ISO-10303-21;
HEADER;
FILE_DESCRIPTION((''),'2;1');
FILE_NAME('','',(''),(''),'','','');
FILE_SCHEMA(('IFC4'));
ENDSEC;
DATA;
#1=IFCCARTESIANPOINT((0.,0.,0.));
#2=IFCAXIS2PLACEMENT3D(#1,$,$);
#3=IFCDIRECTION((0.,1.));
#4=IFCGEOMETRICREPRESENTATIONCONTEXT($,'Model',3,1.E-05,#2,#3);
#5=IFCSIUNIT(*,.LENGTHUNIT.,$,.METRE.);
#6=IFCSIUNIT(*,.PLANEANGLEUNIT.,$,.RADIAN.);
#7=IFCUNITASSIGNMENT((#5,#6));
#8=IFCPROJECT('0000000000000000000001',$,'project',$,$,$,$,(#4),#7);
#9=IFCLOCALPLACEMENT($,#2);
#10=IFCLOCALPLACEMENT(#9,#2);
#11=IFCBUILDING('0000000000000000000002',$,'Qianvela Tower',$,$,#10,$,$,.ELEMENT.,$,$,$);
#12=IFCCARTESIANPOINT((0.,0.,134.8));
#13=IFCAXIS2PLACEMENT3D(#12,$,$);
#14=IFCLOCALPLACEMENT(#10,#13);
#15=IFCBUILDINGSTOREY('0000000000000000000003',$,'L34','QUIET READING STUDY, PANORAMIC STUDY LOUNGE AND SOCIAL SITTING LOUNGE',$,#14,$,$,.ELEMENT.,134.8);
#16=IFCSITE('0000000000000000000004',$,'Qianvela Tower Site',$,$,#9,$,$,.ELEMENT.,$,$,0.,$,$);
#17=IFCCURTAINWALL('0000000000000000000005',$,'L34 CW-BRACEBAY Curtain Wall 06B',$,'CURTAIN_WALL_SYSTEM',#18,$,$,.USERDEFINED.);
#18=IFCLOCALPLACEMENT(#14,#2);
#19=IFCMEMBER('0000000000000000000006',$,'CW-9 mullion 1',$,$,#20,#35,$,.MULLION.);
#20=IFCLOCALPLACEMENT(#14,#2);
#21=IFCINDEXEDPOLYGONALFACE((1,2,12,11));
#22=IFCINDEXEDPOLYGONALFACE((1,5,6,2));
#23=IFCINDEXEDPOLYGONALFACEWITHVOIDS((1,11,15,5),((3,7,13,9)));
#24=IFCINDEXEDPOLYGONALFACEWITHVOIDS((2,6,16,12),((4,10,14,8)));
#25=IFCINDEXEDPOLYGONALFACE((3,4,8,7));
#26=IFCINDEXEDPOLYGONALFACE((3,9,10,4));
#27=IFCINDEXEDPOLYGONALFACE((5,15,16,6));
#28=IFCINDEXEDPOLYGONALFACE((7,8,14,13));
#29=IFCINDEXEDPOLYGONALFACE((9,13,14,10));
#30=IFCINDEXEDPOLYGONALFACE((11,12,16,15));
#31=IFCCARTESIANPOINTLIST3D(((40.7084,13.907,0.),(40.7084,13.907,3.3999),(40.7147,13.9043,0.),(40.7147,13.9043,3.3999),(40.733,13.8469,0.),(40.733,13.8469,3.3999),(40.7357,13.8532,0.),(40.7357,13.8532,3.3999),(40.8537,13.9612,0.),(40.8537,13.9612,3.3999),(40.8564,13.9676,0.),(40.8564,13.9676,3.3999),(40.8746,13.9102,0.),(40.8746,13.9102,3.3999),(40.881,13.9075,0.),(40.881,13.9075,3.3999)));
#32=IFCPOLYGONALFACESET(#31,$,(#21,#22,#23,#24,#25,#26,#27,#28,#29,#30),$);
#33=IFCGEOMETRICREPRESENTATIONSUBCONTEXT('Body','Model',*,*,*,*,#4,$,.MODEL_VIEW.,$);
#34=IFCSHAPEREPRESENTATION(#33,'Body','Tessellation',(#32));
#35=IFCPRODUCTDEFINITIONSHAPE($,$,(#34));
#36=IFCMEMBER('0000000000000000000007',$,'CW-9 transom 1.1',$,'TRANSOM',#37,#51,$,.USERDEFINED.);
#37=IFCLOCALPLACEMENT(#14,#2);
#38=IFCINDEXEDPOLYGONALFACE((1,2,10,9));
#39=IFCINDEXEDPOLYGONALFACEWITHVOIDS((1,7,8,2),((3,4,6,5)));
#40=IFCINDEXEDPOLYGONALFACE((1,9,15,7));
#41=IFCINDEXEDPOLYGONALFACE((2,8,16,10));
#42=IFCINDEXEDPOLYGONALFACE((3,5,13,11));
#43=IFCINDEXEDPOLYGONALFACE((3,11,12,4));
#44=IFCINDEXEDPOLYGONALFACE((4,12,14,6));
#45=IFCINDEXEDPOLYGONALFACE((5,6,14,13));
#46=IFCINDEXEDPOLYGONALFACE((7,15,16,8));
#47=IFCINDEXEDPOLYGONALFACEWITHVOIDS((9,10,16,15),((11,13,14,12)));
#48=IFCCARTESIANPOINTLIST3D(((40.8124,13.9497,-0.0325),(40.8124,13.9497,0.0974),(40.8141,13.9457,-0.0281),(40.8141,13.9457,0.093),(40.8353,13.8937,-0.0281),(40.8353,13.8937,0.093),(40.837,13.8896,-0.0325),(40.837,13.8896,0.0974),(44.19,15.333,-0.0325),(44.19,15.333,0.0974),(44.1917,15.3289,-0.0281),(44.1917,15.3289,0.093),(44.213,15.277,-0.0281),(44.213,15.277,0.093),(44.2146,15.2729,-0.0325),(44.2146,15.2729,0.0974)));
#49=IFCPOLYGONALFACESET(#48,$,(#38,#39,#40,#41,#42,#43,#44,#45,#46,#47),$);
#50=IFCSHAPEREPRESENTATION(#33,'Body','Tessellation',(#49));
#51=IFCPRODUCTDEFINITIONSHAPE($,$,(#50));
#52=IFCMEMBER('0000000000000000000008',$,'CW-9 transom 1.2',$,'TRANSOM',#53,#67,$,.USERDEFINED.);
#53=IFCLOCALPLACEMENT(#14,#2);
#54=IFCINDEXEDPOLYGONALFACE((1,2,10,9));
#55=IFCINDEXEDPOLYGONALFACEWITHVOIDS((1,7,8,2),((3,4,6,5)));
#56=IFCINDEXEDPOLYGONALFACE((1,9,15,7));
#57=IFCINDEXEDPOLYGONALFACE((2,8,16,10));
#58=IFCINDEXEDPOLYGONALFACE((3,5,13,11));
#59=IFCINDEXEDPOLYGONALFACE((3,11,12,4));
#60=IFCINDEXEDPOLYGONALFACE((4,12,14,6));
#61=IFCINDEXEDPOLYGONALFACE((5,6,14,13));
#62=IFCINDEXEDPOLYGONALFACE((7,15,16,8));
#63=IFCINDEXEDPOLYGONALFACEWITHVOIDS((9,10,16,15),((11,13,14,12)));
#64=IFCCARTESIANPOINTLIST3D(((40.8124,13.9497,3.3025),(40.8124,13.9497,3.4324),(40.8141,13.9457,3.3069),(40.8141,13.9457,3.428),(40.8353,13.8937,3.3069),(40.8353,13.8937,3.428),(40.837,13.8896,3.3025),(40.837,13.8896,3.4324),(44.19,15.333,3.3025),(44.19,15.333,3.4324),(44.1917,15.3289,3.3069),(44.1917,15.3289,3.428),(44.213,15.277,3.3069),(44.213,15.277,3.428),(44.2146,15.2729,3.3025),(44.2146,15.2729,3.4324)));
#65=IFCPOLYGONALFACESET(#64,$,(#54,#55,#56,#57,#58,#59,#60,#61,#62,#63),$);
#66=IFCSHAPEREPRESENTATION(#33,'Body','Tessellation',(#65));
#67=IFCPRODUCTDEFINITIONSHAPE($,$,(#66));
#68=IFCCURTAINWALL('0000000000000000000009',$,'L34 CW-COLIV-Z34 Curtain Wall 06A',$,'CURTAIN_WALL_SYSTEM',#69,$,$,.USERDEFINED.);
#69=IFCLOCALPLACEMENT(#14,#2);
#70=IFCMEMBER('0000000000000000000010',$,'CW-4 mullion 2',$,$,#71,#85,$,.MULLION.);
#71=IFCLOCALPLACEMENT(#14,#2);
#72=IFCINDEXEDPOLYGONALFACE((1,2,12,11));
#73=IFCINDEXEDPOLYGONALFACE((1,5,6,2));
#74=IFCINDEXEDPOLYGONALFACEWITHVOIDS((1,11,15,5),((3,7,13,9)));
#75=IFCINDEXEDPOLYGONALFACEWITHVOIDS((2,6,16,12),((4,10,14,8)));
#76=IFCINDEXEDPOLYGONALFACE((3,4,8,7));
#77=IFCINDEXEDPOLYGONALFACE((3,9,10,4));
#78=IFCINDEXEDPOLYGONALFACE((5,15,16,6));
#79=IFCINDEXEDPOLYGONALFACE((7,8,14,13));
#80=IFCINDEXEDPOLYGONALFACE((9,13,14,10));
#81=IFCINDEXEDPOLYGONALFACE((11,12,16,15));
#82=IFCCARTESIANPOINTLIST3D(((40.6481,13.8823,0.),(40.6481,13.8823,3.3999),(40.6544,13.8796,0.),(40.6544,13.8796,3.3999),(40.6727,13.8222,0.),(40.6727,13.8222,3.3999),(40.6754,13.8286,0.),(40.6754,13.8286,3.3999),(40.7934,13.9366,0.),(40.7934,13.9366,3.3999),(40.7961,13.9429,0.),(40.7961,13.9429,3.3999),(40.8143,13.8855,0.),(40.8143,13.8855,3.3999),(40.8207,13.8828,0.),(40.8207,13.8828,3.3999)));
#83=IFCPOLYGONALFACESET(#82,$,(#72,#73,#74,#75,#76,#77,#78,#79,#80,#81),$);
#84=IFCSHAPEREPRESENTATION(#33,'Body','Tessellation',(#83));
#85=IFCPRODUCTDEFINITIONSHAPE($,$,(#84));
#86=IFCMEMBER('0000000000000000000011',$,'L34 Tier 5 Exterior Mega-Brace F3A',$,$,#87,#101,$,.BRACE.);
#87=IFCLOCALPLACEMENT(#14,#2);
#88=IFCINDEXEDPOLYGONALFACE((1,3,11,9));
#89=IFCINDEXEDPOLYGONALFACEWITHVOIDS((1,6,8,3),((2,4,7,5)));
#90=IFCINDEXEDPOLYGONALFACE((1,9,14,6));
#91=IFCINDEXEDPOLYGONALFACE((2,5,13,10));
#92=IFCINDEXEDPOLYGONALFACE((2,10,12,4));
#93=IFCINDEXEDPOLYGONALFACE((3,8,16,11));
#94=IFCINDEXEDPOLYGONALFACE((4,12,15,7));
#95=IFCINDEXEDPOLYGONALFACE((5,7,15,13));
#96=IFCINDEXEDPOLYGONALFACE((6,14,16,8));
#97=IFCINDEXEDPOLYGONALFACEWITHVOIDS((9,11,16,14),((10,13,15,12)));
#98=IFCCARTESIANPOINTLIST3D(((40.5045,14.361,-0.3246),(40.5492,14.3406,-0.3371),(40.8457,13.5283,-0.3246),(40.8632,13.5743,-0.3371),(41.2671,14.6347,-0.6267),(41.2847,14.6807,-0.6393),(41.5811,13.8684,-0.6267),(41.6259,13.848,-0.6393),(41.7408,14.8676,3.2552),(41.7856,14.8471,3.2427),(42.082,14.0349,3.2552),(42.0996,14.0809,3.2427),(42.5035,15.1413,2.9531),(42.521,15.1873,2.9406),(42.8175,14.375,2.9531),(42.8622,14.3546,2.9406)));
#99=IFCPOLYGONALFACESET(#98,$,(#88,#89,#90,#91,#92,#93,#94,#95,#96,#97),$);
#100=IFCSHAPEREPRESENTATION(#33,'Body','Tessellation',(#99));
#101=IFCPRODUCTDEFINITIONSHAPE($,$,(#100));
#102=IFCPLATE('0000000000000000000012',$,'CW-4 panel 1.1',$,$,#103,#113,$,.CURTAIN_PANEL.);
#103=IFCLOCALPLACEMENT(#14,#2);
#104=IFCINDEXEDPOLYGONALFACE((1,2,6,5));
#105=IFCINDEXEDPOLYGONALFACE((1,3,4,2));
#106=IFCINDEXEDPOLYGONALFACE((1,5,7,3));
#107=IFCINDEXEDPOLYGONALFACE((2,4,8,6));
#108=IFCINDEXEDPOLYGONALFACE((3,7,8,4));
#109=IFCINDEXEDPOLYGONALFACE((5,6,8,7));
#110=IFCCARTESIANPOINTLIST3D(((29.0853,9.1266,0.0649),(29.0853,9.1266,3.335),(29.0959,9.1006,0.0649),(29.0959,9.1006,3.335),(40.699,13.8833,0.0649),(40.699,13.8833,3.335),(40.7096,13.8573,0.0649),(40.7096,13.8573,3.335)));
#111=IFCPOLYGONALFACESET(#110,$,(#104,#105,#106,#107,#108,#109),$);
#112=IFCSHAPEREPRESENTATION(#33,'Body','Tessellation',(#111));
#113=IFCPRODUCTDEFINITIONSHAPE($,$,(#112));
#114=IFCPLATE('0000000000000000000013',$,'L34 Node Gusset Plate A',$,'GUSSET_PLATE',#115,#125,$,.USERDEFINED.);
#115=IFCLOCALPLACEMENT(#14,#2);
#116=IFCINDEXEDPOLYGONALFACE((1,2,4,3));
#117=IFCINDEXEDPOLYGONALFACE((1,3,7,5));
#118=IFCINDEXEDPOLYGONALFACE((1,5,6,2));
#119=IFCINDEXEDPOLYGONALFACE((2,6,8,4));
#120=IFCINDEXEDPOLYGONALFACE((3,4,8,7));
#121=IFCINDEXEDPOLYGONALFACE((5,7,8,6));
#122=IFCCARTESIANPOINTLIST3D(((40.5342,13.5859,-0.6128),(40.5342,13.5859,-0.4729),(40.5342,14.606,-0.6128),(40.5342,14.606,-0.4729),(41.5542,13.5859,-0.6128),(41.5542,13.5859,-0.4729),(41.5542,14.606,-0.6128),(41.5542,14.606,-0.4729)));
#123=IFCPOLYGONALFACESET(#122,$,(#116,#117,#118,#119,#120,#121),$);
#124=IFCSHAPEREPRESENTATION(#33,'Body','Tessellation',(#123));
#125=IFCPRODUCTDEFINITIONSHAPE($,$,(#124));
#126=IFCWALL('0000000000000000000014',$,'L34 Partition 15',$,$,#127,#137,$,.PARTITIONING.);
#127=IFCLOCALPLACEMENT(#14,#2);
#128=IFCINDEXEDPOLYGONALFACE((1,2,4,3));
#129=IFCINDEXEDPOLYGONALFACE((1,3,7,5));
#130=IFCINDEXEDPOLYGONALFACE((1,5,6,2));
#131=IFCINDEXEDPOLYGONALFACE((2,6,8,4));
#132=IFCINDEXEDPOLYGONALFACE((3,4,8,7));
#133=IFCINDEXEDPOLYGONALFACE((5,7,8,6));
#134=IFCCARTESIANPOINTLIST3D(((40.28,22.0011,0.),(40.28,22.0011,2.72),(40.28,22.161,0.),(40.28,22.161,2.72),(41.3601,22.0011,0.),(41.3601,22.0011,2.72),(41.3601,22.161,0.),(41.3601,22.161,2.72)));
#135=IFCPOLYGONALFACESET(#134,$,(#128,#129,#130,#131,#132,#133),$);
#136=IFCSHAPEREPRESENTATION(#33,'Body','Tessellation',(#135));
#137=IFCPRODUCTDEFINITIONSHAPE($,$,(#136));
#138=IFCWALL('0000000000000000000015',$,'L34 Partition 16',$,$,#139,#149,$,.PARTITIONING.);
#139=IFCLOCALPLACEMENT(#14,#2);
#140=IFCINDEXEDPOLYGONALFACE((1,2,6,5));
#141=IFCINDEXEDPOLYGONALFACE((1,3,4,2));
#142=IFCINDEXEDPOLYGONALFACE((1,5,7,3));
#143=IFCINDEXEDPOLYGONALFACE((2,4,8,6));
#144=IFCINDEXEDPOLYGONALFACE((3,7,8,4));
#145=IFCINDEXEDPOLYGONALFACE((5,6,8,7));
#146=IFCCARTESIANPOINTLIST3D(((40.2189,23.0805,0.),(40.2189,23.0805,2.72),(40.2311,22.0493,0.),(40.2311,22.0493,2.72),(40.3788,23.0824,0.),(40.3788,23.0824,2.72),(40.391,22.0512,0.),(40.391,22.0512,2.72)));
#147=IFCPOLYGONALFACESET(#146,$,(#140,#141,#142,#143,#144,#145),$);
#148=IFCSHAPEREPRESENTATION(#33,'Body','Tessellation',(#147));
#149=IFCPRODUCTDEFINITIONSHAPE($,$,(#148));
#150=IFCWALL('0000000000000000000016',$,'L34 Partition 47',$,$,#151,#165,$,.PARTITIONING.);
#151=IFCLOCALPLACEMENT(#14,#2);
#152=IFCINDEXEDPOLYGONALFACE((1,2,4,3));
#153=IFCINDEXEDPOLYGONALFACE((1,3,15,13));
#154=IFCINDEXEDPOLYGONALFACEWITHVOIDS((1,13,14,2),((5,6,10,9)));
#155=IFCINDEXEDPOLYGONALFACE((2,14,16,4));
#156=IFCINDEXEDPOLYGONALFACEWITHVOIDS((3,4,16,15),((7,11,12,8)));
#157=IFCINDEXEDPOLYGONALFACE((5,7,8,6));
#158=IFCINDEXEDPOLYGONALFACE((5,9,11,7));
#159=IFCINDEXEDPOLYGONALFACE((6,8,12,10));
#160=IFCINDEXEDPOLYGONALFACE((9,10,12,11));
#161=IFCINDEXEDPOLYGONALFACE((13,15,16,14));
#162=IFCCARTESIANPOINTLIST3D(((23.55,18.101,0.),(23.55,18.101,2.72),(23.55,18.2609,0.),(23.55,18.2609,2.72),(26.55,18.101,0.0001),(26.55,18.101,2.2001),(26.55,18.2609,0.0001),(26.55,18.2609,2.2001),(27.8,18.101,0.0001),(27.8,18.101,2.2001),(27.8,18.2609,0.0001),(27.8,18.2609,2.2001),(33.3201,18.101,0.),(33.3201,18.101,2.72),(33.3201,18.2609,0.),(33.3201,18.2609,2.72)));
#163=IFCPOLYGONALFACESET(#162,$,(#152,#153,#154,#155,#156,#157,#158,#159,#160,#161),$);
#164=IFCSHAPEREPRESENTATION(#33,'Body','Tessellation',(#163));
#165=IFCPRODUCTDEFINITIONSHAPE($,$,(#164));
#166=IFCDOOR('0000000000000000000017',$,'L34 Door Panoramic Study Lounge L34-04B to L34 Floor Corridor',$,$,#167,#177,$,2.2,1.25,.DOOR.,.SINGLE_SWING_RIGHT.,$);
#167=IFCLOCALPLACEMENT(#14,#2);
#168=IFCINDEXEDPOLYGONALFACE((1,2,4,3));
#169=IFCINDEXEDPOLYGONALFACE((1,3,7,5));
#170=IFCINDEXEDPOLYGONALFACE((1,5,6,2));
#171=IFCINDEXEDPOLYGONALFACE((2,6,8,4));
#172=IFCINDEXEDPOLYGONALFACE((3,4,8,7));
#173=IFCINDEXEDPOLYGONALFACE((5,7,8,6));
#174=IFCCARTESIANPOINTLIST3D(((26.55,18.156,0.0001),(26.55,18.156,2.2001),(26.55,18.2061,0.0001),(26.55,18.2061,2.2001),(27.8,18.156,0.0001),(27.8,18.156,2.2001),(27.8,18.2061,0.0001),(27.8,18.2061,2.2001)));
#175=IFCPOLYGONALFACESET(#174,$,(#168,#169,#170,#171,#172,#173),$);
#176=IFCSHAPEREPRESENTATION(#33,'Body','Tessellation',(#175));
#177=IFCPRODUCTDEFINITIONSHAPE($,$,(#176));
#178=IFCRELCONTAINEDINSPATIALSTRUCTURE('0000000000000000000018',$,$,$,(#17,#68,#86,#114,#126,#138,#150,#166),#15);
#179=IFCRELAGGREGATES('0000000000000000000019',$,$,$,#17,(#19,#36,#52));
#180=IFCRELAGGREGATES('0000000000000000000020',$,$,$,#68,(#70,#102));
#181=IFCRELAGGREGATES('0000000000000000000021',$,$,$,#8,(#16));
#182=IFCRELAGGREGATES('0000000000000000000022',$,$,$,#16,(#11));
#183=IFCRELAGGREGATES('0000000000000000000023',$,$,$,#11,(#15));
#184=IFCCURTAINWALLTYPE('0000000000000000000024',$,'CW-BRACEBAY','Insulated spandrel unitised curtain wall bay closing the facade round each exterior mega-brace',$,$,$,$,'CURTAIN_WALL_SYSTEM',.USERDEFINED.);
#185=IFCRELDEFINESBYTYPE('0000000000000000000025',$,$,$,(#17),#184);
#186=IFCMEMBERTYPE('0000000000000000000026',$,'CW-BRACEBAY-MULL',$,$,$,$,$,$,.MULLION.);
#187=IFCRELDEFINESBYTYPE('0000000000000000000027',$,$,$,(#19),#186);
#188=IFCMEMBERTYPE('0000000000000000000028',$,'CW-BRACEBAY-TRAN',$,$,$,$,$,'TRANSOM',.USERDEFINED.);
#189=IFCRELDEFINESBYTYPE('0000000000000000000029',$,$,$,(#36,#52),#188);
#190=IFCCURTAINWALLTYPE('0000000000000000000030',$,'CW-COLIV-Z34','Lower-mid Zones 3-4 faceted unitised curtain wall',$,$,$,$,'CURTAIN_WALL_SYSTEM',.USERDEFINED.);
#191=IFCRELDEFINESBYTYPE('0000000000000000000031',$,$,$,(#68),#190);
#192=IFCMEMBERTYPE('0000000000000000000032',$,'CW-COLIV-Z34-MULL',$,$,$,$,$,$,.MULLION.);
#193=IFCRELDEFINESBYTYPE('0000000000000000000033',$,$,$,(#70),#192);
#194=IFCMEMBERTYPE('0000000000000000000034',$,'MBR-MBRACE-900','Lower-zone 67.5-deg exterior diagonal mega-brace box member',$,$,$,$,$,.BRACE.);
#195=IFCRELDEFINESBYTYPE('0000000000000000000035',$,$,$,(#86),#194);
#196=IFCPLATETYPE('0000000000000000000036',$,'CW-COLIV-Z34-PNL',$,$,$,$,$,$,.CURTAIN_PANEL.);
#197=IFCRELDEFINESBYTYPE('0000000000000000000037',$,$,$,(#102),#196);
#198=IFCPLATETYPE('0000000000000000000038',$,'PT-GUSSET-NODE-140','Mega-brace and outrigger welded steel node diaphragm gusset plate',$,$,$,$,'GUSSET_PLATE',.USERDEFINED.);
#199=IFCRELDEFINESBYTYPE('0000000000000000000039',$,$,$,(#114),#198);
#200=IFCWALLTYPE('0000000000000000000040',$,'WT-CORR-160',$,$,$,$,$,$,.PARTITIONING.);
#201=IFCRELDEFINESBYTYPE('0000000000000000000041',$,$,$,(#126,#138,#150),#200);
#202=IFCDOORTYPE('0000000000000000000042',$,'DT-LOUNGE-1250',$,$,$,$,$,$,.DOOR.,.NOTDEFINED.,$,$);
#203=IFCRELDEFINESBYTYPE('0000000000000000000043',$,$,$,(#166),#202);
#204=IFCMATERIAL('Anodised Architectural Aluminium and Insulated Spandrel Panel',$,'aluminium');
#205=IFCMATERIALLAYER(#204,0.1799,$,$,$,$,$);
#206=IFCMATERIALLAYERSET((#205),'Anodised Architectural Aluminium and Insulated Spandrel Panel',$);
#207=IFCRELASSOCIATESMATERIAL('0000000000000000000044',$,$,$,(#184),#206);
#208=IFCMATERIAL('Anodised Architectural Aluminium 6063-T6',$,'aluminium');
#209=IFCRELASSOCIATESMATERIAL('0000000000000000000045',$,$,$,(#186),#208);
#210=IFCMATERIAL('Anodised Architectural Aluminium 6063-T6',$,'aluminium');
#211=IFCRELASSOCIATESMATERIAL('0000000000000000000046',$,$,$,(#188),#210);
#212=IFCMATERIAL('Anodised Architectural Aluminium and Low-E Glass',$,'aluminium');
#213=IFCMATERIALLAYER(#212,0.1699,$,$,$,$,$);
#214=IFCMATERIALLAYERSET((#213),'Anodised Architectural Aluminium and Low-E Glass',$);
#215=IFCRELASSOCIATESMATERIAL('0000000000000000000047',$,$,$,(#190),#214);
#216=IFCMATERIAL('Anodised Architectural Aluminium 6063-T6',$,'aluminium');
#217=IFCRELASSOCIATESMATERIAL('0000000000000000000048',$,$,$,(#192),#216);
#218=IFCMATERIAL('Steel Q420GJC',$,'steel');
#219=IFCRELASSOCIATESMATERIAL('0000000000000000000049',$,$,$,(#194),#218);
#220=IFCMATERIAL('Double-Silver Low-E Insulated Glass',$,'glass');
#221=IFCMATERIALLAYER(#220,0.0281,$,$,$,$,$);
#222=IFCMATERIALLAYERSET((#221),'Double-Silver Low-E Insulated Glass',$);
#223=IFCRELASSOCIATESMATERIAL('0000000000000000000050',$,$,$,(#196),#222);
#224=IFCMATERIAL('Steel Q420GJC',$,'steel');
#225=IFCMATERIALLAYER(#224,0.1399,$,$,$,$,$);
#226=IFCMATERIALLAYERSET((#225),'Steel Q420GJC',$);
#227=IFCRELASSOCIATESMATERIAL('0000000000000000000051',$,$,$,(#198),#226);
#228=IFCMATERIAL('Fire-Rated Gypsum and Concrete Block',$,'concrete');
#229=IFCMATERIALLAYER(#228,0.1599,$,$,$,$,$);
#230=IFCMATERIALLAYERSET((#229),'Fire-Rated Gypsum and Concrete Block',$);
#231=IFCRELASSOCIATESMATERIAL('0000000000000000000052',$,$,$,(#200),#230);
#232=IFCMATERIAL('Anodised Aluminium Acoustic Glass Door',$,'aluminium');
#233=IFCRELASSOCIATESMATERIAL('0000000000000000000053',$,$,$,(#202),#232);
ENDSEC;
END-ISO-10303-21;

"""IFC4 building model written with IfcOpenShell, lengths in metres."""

from ifc_helpers import new_model, si_unit, direction, frame, frame_2d, origin, origin_2d, place, context, subcontext, project, spatial, rectangle, hollow_rectangle, extrude, material, layer, layer_set, material_profile, profile_set, type_object, element, fill, aggregate, save


model = new_model("IFC4")

# Units and contexts
model_context = context("Model", 3, precision=1e-05, world=origin(), true_north=direction((0.0, 1.0)))
body_context = subcontext(model_context, "Body", "Model", "MODEL_VIEW")
ifc_project = project(units=[si_unit("LENGTHUNIT", "METRE"), si_unit("PLANEANGLEUNIT", "RADIAN")], contexts=[model_context])

# Site, building, storey
site_placement = place(None, origin())
site = spatial("IfcSite", under=ifc_project, at=site_placement, Name="Qianvela Tower Site", CompositionType="ELEMENT", RefElevation=0.0)
building_placement = place(site_placement, origin())
building = spatial("IfcBuilding", under=site, at=building_placement, Name="Qianvela Tower", CompositionType="ELEMENT")
storey_placement = place(building_placement, frame((0.0, 0.0, 134.8)))
storey = spatial("IfcBuildingStorey", under=building, at=storey_placement, Name="L34", Description="QUIET READING STUDY, PANORAMIC STUDY LOUNGE AND SOCIAL SITTING LOUNGE", CompositionType="ELEMENT", Elevation=134.8)

# Curtain wall, members
ifc_material_1 = material(Name="Anodised Architectural Aluminium and Insulated Spandrel Panel", Category="aluminium")
ifc_layer_1 = layer(ifc_material_1, 0.1799)
ifc_layer_set_1 = layer_set([ifc_layer_1], Name="Anodised Architectural Aluminium and Insulated Spandrel Panel")
curtain_wall_type_1 = type_object("IfcCurtainWallType", Name="CW-BRACEBAY", Description="Insulated spandrel unitised curtain wall bay closing the facade round each exterior mega-brace", ElementType="CURTAIN_WALL_SYSTEM", PredefinedType="USERDEFINED", material=ifc_layer_set_1)
curtain_wall_1_placement = place(storey_placement, origin())
curtain_wall_1 = element("IfcCurtainWall", 1, at=curtain_wall_1_placement, inside=storey, type_object=curtain_wall_type_1, Name="L34 CW-BRACEBAY Curtain Wall 06B", ObjectType="CURTAIN_WALL_SYSTEM", PredefinedType="USERDEFINED")
ifc_material_2 = material(Name="Anodised Architectural Aluminium 6063-T6", Category="aluminium")
ifc_material_profile_1 = material_profile(ifc_material_2, hollow_rectangle(XDim=0.0649, YDim=0.1599, WallThickness=0.0049, at=origin_2d()), Name="ALU-MULL-65x160")
ifc_profile_set_1 = profile_set([ifc_material_profile_1], Name="Anodised Architectural Aluminium 6063-T6")
member_type_1 = type_object("IfcMemberType", Name="CW-BRACEBAY-MULL", PredefinedType="MULLION", material=ifc_profile_set_1)
member_1_placement = place(storey_placement, frame((40.7947, 13.9072, 0.0), z_axis=(0.0, 0.0, 1.0), x_axis=(-0.379018, 0.925389, 0.0)))
member_1 = element("IfcMember", 2, at=member_1_placement, type_object=member_type_1, Name="CW-9 mullion 1", PredefinedType="MULLION", context=body_context, shape_type="SweptSolid", body=[
    extrude(hollow_rectangle(XDim=0.0649, YDim=0.1599, WallThickness=0.0049, at=origin_2d()), origin(), (0.0, 0.0, 1.0), 3.3999),
])
ifc_material_3 = material(Name="Anodised Architectural Aluminium 6063-T6", Category="aluminium")
ifc_material_profile_2 = material_profile(ifc_material_3, hollow_rectangle(XDim=0.0649, YDim=0.1299, WallThickness=0.0044, at=origin_2d()), Name="ALU-TRAN-65x130")
ifc_profile_set_2 = profile_set([ifc_material_profile_2], Name="Anodised Architectural Aluminium 6063-T6")
member_type_2 = type_object("IfcMemberType", Name="CW-BRACEBAY-TRAN", ElementType="TRANSOM", PredefinedType="USERDEFINED", material=ifc_profile_set_2)
member_2_placement = place(storey_placement, frame((40.8247, 13.9197, 0.0325), z_axis=(0.925401, 0.37899, 0.0), x_axis=(-0.37899, 0.925401, 0.0)))
member_2 = element("IfcMember", 3, at=member_2_placement, type_object=member_type_2, Name="CW-9 transom 1.1", ObjectType="TRANSOM", PredefinedType="USERDEFINED", context=body_context, shape_type="SweptSolid", body=[
    extrude(hollow_rectangle(XDim=0.0649, YDim=0.1299, WallThickness=0.0044, at=origin_2d()), origin(), (0.0, 0.0, 1.0), 3.6499),
])
member_3_placement = place(storey_placement, frame((40.8247, 13.9197, 3.3674), z_axis=(0.925401, 0.37899, 0.0), x_axis=(-0.37899, 0.925401, 0.0)))
member_3 = element("IfcMember", 4, at=member_3_placement, type_object=member_type_2, Name="CW-9 transom 1.2", ObjectType="TRANSOM", PredefinedType="USERDEFINED", context=body_context, shape_type="SweptSolid", body=[
    extrude(hollow_rectangle(XDim=0.0649, YDim=0.1299, WallThickness=0.0044, at=origin_2d()), origin(), (0.0, 0.0, 1.0), 3.6499),
])
aggregate(curtain_wall_1, [member_1, member_2, member_3])

# Curtain wall, member
ifc_material_4 = material(Name="Anodised Architectural Aluminium and Low-E Glass", Category="aluminium")
ifc_layer_2 = layer(ifc_material_4, 0.1699)
ifc_layer_set_2 = layer_set([ifc_layer_2], Name="Anodised Architectural Aluminium and Low-E Glass")
curtain_wall_type_2 = type_object("IfcCurtainWallType", Name="CW-COLIV-Z34", Description="Lower-mid Zones 3-4 faceted unitised curtain wall", ElementType="CURTAIN_WALL_SYSTEM", PredefinedType="USERDEFINED", material=ifc_layer_set_2)
curtain_wall_2_placement = place(storey_placement, origin())
curtain_wall_2 = element("IfcCurtainWall", 5, at=curtain_wall_2_placement, inside=storey, type_object=curtain_wall_type_2, Name="L34 CW-COLIV-Z34 Curtain Wall 06A", ObjectType="CURTAIN_WALL_SYSTEM", PredefinedType="USERDEFINED")
ifc_material_5 = material(Name="Anodised Architectural Aluminium 6063-T6", Category="aluminium")
ifc_material_profile_3 = material_profile(ifc_material_5, hollow_rectangle(XDim=0.0649, YDim=0.1599, WallThickness=0.0049, at=origin_2d()), Name="ALU-MULL-65x160")
ifc_profile_set_3 = profile_set([ifc_material_profile_3], Name="Anodised Architectural Aluminium 6063-T6")
member_type_3 = type_object("IfcMemberType", Name="CW-COLIV-Z34-MULL", PredefinedType="MULLION", material=ifc_profile_set_3)
member_4_placement = place(storey_placement, frame((40.7344, 13.8826, 0.0), z_axis=(0.0, 0.0, 1.0), x_axis=(-0.379016, 0.92539, 0.0)))
member_4 = element("IfcMember", 6, at=member_4_placement, type_object=member_type_3, Name="CW-4 mullion 2", PredefinedType="MULLION", context=body_context, shape_type="SweptSolid", body=[
    extrude(hollow_rectangle(XDim=0.0649, YDim=0.1599, WallThickness=0.0049, at=origin_2d()), origin(), (0.0, 0.0, 1.0), 3.3999),
])

# Member
ifc_material_6 = material(Name="Steel Q420GJC", Category="steel")
ifc_material_profile_4 = material_profile(ifc_material_6, hollow_rectangle(XDim=0.8999, YDim=0.8999, WallThickness=0.0359, at=origin_2d()), Name="MBOX-900x900x36")
ifc_profile_set_4 = profile_set([ifc_material_profile_4], Name="Steel Q420GJC")
member_type_4 = type_object("IfcMemberType", Name="MBR-MBRACE-900", Description="Lower-zone 67.5-deg exterior diagonal mega-brace box member", PredefinedType="BRACE", material=ifc_profile_set_4)
member_5_placement = place(storey_placement, frame((41.0652, 14.1045, -0.4819), z_axis=(0.323558, 0.13258, 0.936874), x_axis=(-0.379159, 0.925331, 0.0)))
element("IfcMember", 7, at=member_5_placement, inside=storey, type_object=member_type_4, Name="L34 Tier 5 Exterior Mega-Brace F3A", PredefinedType="BRACE", context=body_context, shape_type="SweptSolid", body=[
    extrude(hollow_rectangle(XDim=0.8999, YDim=0.8999, WallThickness=0.0359, at=origin_2d()), origin(), (0.0, 0.0, 1.0), 3.821),
])

# Plates
ifc_material_7 = material(Name="Double-Silver Low-E Insulated Glass", Category="glass")
ifc_layer_3 = layer(ifc_material_7, 0.0281)
ifc_layer_set_3 = layer_set([ifc_layer_3], Name="Double-Silver Low-E Insulated Glass")
plate_type_1 = type_object("IfcPlateType", Name="CW-COLIV-Z34-PNL", PredefinedType="CURTAIN_PANEL", material=ifc_layer_set_3)
plate_1_placement = place(storey_placement, frame((34.8975, 11.4919, 0.0649), z_axis=(0.0, 0.0, 1.0), x_axis=(0.92539, 0.379016, 0.0)))
plate_1 = element("IfcPlate", 8, at=plate_1_placement, type_object=plate_type_1, Name="CW-4 panel 1.1", PredefinedType="CURTAIN_PANEL", context=body_context, shape_type="SweptSolid", body=[
    extrude(rectangle(XDim=12.55, YDim=0.0281, at=origin_2d()), origin(), (0.0, 0.0, 1.0), 3.27),
])
aggregate(curtain_wall_2, [member_4, plate_1])
ifc_material_8 = material(Name="Steel Q420GJC", Category="steel")
ifc_layer_4 = layer(ifc_material_8, 0.1399)
ifc_layer_set_4 = layer_set([ifc_layer_4], Name="Steel Q420GJC")
plate_type_2 = type_object("IfcPlateType", Name="PT-GUSSET-NODE-140", Description="Mega-brace and outrigger welded steel node diaphragm gusset plate", ElementType="GUSSET_PLATE", PredefinedType="USERDEFINED", material=ifc_layer_set_4)
plate_2_placement = place(storey_placement, frame((41.0442, 14.0959, -0.6128), z_axis=(0.0, 0.0, 1.0), x_axis=(1.0, 0.0, 0.0)))
element("IfcPlate", 9, at=plate_2_placement, inside=storey, type_object=plate_type_2, Name="L34 Node Gusset Plate A", ObjectType="GUSSET_PLATE", PredefinedType="USERDEFINED", context=body_context, shape_type="SweptSolid", body=[
    extrude(rectangle(XDim=1.02, YDim=1.02, at=origin_2d()), origin(), (0.0, 0.0, 1.0), 0.1399),
])

# Shared definitions
ifc_material_9 = material(Name="Fire-Rated Gypsum and Concrete Block", Category="concrete")
ifc_layer_5 = layer(ifc_material_9, 0.1599)
ifc_layer_set_5 = layer_set([ifc_layer_5], Name="Fire-Rated Gypsum and Concrete Block")
wall_type_1 = type_object("IfcWallType", Name="WT-CORR-160", PredefinedType="PARTITIONING", material=ifc_layer_set_5)

# Walls
wall_1_placement = place(storey_placement, frame((41.3601, 22.0811, 0.0), z_axis=(0.0, 0.0, 1.0), x_axis=(-1.0, 0.0, 0.0)))
element("IfcWall", 10, at=wall_1_placement, inside=storey, type_object=wall_type_1, Name="L34 Partition 15", PredefinedType="PARTITIONING", context=body_context, shape_type="SweptSolid", body=[
    extrude(rectangle(XDim=1.0801, YDim=0.1599, at=frame_2d((0.54, 0.0))), origin(), (0.0, 0.0, 1.0), 2.72),
])
wall_2_placement = place(storey_placement, frame((40.311, 22.0503, 0.0), z_axis=(0.0, 0.0, 1.0), x_axis=(-0.011836, 0.99993, 0.0)))
element("IfcWall", 11, at=wall_2_placement, inside=storey, type_object=wall_type_1, Name="L34 Partition 16", PredefinedType="PARTITIONING", context=body_context, shape_type="SweptSolid", body=[
    extrude(rectangle(XDim=1.0312, YDim=0.1599, at=frame_2d((0.5156, 0.0))), origin(), (0.0, 0.0, 1.0), 2.72),
])

# Wall, opening, door
wall_3_placement = place(storey_placement, frame((33.3201, 18.1809, 0.0), z_axis=(0.0, 0.0, 1.0), x_axis=(-1.0, 0.0, 0.0)))
wall_3 = element("IfcWall", 12, at=wall_3_placement, inside=storey, type_object=wall_type_1, Name="L34 Partition 47", PredefinedType="PARTITIONING", context=body_context, shape_type="SweptSolid", body=[
    extrude(rectangle(XDim=9.77, YDim=0.1599, at=frame_2d((4.885, 0.0))), origin(), (0.0, 0.0, 1.0), 2.72),
])
opening_1_placement = place(wall_3_placement, frame((5.52, 0.0, 0.0)))
opening_1 = element("IfcOpeningElement", 13, at=opening_1_placement, cuts=wall_3, PredefinedType="OPENING", context=body_context, shape_type="SweptSolid", body=[
    extrude(rectangle(XDim=1.25, YDim=2.2, at=frame_2d((0.625, 1.1001))), frame((0.0, 0.0898, 0.0), z_axis=(0.0, -1.0, 0.0), x_axis=(1.0, 0.0, 0.0)), (0.0, 0.0, 1.0), 0.1799),
])
ifc_material_10 = material(Name="Anodised Aluminium Acoustic Glass Door", Category="aluminium")
door_type_1 = type_object("IfcDoorType", Name="DT-LOUNGE-1250", OperationType="NOTDEFINED", PredefinedType="DOOR", material=ifc_material_10)
door_1_placement = place(opening_1_placement, origin())
door_1 = element("IfcDoor", 14, at=door_1_placement, inside=storey, type_object=door_type_1, Name="L34 Door Panoramic Study Lounge L34-04B to L34 Floor Corridor", OperationType="SINGLE_SWING_RIGHT", OverallHeight=2.2, OverallWidth=1.25, PredefinedType="DOOR", context=body_context, shape_type="SweptSolid", body=[
    extrude(rectangle(XDim=1.25, YDim=2.2, at=frame_2d((0.625, 1.1001))), frame((0.0, 0.0249, 0.0), z_axis=(0.0, -1.0, 0.0), x_axis=(1.0, 0.0, 0.0)), (0.0, 0.0, 1.0), 0.05),
])
fill(opening_1, door_1)

save(model, "model.ifc")
